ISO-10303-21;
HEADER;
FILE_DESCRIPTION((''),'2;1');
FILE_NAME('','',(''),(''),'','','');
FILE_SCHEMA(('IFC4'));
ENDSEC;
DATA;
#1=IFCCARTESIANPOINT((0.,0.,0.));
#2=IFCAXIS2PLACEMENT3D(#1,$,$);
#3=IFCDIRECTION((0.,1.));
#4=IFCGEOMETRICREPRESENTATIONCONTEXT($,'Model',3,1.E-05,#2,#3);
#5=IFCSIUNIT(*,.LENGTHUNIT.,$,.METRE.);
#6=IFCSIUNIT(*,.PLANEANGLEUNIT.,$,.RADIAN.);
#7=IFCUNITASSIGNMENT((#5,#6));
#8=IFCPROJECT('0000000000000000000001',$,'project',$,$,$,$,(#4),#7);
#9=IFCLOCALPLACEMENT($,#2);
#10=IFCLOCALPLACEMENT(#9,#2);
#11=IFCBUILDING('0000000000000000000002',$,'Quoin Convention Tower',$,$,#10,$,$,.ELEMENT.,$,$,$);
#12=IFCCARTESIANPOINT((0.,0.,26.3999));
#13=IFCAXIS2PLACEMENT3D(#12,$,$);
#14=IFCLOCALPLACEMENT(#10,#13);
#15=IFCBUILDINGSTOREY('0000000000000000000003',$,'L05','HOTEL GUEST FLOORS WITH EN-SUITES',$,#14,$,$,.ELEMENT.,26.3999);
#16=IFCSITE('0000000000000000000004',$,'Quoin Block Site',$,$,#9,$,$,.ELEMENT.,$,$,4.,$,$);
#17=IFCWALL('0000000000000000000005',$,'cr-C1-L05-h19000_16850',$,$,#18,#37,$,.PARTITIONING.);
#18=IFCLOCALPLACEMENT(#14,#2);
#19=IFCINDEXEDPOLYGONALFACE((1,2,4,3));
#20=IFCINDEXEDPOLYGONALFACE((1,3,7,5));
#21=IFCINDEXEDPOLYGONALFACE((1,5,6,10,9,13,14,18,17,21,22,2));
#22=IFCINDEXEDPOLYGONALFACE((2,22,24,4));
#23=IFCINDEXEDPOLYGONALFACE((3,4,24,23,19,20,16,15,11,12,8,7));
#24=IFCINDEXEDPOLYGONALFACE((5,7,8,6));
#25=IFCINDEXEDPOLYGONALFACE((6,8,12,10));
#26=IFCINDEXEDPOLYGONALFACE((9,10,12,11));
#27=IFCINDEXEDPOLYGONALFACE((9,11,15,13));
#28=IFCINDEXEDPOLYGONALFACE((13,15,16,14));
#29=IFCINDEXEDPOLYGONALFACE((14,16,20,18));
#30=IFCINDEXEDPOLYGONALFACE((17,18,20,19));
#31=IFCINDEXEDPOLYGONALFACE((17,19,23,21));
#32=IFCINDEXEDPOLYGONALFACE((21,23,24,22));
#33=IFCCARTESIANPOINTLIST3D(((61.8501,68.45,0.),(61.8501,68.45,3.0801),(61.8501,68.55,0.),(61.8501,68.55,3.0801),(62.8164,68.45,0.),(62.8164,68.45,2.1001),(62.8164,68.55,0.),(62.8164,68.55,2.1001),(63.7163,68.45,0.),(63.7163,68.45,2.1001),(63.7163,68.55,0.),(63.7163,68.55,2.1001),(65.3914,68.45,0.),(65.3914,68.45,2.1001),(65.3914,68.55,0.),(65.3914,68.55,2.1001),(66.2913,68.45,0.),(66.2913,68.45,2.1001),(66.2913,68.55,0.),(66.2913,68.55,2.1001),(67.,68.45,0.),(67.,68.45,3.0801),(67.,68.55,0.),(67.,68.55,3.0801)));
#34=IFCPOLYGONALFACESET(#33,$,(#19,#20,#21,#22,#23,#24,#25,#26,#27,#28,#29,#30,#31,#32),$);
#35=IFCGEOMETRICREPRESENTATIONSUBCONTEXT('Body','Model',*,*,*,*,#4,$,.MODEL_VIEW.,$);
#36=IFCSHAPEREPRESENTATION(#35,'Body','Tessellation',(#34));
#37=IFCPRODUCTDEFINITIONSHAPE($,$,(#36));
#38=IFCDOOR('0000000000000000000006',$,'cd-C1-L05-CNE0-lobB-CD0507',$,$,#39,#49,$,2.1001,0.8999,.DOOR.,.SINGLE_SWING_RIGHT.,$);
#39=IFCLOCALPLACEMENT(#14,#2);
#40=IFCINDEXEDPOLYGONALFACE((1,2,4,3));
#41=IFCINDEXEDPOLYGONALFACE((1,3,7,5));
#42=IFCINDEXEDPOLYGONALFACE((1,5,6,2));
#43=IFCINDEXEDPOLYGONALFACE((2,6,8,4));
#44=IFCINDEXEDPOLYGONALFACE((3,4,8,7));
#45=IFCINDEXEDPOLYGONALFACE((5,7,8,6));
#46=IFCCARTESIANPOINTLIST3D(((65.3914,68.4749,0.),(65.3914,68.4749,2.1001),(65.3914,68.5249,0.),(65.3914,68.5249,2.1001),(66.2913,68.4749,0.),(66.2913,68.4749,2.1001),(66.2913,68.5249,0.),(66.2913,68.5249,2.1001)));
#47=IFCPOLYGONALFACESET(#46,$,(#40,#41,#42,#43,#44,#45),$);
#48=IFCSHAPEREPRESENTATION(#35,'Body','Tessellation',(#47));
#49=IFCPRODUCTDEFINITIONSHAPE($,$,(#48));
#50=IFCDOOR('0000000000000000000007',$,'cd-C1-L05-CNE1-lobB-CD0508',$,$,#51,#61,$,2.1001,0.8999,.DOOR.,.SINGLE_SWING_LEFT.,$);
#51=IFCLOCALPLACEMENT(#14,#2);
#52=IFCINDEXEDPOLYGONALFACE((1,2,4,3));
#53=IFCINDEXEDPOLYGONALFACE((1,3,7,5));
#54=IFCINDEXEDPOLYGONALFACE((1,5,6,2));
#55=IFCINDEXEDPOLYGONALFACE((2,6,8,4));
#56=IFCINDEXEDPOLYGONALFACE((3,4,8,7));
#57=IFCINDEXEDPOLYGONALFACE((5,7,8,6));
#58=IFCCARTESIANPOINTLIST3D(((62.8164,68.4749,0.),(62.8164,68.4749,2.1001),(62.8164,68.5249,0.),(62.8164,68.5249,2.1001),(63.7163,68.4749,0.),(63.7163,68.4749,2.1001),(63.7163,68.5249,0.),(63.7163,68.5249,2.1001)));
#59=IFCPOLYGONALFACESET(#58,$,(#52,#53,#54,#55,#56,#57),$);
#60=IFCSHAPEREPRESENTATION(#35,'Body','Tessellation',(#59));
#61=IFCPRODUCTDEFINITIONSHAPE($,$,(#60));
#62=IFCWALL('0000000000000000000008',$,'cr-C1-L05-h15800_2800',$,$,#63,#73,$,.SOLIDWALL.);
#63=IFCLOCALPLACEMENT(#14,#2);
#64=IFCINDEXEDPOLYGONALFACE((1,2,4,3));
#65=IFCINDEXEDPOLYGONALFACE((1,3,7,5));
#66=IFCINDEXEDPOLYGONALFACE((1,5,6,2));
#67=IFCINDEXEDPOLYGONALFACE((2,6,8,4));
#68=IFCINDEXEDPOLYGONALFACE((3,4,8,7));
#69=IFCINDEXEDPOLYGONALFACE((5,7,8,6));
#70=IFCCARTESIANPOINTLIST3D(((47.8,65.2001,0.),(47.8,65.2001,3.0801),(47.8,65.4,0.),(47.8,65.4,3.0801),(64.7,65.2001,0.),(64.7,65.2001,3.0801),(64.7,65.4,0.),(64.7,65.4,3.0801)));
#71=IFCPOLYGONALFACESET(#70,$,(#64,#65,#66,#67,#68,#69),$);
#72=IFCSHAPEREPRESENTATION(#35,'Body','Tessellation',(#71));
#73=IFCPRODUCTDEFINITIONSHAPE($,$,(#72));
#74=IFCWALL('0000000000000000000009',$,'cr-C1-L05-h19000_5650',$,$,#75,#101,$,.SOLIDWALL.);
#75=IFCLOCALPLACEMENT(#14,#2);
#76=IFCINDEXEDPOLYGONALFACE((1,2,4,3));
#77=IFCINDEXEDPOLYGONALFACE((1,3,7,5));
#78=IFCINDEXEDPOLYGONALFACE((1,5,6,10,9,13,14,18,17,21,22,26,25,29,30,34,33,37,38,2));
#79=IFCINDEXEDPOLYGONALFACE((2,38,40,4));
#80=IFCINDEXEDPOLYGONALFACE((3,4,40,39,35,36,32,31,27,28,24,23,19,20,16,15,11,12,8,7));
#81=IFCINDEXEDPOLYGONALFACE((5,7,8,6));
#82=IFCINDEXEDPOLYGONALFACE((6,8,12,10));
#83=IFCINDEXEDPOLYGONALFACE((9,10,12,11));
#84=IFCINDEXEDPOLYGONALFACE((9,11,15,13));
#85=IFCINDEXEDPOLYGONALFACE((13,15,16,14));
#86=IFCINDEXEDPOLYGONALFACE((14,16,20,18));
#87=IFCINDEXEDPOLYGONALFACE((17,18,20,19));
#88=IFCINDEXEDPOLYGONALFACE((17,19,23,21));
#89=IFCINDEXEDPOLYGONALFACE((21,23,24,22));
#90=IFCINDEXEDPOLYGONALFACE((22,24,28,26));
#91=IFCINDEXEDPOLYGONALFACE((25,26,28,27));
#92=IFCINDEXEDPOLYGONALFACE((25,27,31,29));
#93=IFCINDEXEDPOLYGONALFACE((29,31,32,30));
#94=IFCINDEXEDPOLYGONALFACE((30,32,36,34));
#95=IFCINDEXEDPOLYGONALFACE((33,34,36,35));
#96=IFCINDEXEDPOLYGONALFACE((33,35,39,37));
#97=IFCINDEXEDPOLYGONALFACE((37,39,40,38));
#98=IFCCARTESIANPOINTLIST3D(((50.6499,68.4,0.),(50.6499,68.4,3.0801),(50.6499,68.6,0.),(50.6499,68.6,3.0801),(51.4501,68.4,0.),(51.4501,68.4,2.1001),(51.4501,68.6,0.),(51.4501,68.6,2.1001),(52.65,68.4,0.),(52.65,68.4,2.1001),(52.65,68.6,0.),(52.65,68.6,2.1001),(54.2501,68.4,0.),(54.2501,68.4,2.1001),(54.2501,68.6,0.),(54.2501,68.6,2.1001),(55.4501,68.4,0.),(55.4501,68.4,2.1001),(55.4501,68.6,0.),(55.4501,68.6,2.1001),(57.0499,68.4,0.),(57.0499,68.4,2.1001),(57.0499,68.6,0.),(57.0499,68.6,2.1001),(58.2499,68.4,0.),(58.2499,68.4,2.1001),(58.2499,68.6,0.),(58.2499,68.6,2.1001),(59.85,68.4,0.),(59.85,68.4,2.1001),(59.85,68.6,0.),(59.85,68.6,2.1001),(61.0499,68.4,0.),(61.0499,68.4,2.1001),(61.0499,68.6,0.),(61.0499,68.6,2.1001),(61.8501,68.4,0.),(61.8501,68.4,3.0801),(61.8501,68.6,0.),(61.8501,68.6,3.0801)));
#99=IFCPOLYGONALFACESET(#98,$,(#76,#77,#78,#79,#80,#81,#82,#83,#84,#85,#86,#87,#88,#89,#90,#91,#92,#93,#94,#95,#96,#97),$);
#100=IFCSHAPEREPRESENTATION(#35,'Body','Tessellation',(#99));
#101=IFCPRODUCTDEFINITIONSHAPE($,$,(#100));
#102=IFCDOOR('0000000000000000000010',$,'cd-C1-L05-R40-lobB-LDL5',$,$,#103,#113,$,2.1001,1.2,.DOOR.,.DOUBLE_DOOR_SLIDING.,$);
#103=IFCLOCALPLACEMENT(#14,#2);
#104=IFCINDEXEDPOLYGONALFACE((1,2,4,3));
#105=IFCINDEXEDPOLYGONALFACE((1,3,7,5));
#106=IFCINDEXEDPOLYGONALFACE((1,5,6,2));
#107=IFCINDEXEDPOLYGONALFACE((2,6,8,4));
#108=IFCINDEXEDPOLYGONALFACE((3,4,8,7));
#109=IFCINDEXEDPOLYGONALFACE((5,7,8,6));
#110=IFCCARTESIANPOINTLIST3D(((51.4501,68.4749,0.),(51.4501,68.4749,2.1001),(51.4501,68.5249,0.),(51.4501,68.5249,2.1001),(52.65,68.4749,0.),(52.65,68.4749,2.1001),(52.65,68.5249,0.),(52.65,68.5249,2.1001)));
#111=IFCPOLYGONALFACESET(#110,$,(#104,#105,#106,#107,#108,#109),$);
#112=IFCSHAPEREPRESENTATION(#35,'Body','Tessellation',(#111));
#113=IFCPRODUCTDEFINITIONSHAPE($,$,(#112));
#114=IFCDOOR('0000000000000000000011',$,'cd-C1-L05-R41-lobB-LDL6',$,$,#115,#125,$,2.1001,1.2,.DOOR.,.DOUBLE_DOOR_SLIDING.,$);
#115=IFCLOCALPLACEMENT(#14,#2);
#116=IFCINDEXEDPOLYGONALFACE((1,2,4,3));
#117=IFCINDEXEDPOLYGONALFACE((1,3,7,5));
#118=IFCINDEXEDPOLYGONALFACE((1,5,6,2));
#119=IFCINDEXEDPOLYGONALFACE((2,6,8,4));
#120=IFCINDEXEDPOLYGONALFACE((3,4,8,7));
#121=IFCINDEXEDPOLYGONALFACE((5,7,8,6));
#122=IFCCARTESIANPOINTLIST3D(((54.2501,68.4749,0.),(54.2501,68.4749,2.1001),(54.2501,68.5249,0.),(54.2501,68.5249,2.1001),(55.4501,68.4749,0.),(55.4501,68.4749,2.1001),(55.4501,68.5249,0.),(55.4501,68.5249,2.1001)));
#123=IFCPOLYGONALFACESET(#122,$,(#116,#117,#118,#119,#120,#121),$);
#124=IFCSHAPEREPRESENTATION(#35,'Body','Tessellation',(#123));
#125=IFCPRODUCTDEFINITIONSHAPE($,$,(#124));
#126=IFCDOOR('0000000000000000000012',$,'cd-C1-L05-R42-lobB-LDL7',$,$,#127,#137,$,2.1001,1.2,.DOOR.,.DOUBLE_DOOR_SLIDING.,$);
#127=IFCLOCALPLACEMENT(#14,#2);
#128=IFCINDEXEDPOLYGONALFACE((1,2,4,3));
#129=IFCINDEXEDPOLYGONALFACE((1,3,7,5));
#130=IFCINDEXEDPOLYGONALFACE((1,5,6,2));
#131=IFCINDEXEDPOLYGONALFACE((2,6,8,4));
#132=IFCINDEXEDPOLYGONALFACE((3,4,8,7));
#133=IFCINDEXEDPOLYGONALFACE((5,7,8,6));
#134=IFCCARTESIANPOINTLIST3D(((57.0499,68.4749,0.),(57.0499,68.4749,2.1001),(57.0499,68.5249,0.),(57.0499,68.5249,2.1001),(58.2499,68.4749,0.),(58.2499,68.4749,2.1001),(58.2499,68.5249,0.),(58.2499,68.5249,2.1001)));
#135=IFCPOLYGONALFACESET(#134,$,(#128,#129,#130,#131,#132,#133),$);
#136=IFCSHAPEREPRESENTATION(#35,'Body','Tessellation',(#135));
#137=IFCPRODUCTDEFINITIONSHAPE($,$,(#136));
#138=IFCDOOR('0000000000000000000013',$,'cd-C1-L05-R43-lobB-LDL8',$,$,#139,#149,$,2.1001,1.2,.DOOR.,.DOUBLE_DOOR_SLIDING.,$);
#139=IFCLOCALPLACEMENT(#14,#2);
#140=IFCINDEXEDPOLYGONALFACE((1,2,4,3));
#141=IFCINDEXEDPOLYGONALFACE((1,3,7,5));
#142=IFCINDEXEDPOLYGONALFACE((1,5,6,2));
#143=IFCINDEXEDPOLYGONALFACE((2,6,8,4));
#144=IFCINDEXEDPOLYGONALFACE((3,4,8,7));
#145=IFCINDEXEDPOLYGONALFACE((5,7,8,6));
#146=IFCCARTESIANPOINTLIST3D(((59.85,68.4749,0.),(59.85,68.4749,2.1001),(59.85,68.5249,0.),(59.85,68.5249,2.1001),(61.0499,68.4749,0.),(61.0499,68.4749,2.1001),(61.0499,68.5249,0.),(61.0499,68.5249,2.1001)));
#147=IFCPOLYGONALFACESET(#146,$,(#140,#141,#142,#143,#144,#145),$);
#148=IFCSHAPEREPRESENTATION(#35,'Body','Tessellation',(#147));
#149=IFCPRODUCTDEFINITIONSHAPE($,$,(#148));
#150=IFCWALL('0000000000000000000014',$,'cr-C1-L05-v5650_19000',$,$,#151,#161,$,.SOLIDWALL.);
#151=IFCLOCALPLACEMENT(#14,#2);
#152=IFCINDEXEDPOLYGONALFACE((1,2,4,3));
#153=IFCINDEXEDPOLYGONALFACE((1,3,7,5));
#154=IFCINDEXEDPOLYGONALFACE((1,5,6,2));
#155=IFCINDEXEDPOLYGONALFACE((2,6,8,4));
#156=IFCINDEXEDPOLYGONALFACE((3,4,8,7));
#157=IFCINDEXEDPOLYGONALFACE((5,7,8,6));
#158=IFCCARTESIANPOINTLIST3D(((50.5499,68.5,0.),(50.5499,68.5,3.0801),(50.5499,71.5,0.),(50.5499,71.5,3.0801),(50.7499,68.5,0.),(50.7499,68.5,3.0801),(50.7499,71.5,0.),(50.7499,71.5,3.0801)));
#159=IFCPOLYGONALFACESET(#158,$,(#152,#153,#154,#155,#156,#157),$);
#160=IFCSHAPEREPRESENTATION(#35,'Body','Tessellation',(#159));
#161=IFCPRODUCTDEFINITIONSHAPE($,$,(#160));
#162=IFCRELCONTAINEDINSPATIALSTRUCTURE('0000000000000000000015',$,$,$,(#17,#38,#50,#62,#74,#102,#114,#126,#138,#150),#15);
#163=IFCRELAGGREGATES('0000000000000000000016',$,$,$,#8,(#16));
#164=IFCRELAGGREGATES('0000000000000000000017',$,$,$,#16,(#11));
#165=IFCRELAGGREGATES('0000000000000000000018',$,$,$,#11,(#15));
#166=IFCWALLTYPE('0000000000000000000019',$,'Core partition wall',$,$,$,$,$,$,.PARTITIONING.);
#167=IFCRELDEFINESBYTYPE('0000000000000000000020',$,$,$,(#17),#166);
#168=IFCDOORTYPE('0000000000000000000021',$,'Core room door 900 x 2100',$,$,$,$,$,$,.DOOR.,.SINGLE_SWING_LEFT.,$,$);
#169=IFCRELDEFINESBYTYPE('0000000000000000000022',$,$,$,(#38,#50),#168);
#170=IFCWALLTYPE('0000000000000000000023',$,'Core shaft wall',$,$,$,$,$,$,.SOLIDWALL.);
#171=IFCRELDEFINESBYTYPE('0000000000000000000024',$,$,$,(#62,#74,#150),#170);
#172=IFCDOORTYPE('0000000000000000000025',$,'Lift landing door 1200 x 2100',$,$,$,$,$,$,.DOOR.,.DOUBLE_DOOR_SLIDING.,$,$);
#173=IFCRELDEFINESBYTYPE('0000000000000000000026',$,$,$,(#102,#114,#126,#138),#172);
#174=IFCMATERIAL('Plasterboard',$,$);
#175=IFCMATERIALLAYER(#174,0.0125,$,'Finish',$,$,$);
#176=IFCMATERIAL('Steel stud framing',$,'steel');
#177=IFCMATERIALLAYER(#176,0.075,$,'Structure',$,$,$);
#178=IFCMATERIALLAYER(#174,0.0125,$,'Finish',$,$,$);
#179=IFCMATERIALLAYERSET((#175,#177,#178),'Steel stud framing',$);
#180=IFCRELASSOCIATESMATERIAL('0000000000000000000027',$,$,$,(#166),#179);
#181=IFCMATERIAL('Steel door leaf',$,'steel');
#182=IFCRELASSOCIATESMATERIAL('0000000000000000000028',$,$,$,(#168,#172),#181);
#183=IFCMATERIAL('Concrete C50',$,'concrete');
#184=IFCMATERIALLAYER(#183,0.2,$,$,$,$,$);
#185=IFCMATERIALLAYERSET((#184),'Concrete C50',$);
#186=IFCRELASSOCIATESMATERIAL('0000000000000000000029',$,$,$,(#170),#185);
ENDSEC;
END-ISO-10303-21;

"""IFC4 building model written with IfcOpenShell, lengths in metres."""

from ifc_helpers import new_model, si_unit, direction, frame, frame_2d, origin, place, context, subcontext, project, spatial, rectangle, extrude, material, layer, layer_set, type_object, element, fill, save


model = new_model("IFC4")

# Units and contexts
model_context = context("Model", 3, precision=1e-05, world=origin(), true_north=direction((0.0, 1.0)))
body_context = subcontext(model_context, "Body", "Model", "MODEL_VIEW")
ifc_project = project(units=[si_unit("LENGTHUNIT", "METRE"), si_unit("PLANEANGLEUNIT", "RADIAN")], contexts=[model_context])

# Site, building, storey
site_placement = place(None, origin())
site = spatial("IfcSite", under=ifc_project, at=site_placement, Name="Quoin Block Site", CompositionType="ELEMENT", RefElevation=4.0)
building_placement = place(site_placement, origin())
building = spatial("IfcBuilding", under=site, at=building_placement, Name="Quoin Convention Tower", CompositionType="ELEMENT")
storey_placement = place(building_placement, frame((0.0, 0.0, 26.3999)))
storey = spatial("IfcBuildingStorey", under=building, at=storey_placement, Name="L05", Description="HOTEL GUEST FLOORS WITH EN-SUITES", CompositionType="ELEMENT", Elevation=26.3999)

# Wall, openings, doors
ifc_material_1 = material(Name="Plasterboard")
ifc_layer_1 = layer(ifc_material_1, 0.0125, Name="Finish")
ifc_material_2 = material(Name="Steel stud framing", Category="steel")
ifc_layer_2 = layer(ifc_material_2, 0.075, Name="Structure")
ifc_layer_3 = layer(ifc_material_1, 0.0125, Name="Finish")
ifc_layer_set_1 = layer_set([ifc_layer_1, ifc_layer_2, ifc_layer_3], Name="Steel stud framing")
wall_type_1 = type_object("IfcWallType", Name="Core partition wall", PredefinedType="PARTITIONING", material=ifc_layer_set_1)
wall_1_placement = place(storey_placement, frame((61.8501, 68.5, 0.0), z_axis=(0.0, 0.0, 1.0), x_axis=(1.0, 0.0, 0.0)))
wall_1 = element("IfcWall", 1, at=wall_1_placement, inside=storey, type_object=wall_type_1, Name="cr-C1-L05-h19000_16850", PredefinedType="PARTITIONING", context=body_context, shape_type="SweptSolid", body=[
    extrude(rectangle(XDim=5.1499, YDim=0.1001, at=frame_2d((2.575, 0.0))), origin(), (0.0, 0.0, 1.0), 3.0801),
])
opening_1_placement = place(wall_1_placement, frame((3.5413, 0.0, 0.0)))
opening_1 = element("IfcOpeningElement", 2, at=opening_1_placement, cuts=wall_1, PredefinedType="OPENING", context=body_context, shape_type="SweptSolid", body=[
    extrude(rectangle(XDim=0.8999, YDim=2.1001, at=frame_2d((0.45, 1.05))), frame((0.0, 0.0601, 0.0), z_axis=(0.0, -1.0, 0.0), x_axis=(1.0, 0.0, 0.0)), (0.0, 0.0, 1.0), 0.1201),
])
opening_2_placement = place(wall_1_placement, frame((0.9663, 0.0, 0.0)))
opening_2 = element("IfcOpeningElement", 3, at=opening_2_placement, cuts=wall_1, PredefinedType="OPENING", context=body_context, shape_type="SweptSolid", body=[
    extrude(rectangle(XDim=0.8999, YDim=2.1001, at=frame_2d((0.45, 1.05))), frame((0.0, 0.0601, 0.0), z_axis=(0.0, -1.0, 0.0), x_axis=(1.0, 0.0, 0.0)), (0.0, 0.0, 1.0), 0.1201),
])
ifc_material_3 = material(Name="Steel door leaf", Category="steel")
door_type_1 = type_object("IfcDoorType", Name="Core room door 900 x 2100", OperationType="SINGLE_SWING_LEFT", PredefinedType="DOOR", material=ifc_material_3)
door_1_placement = place(opening_1_placement, origin())
door_1 = element("IfcDoor", 4, at=door_1_placement, inside=storey, type_object=door_type_1, Name="cd-C1-L05-CNE0-lobB-CD0507", OperationType="SINGLE_SWING_RIGHT", OverallHeight=2.1001, OverallWidth=0.8999, PredefinedType="DOOR", context=body_context, shape_type="SweptSolid", body=[
    extrude(rectangle(XDim=0.8999, YDim=2.1001, at=frame_2d((0.45, 1.05))), frame((0.0, 0.0249, 0.0), z_axis=(0.0, -1.0, 0.0), x_axis=(1.0, 0.0, 0.0)), (0.0, 0.0, 1.0), 0.05),
])
fill(opening_1, door_1)
door_2_placement = place(opening_2_placement, origin())
door_2 = element("IfcDoor", 5, at=door_2_placement, inside=storey, type_object=door_type_1, Name="cd-C1-L05-CNE1-lobB-CD0508", OperationType="SINGLE_SWING_LEFT", OverallHeight=2.1001, OverallWidth=0.8999, PredefinedType="DOOR", context=body_context, shape_type="SweptSolid", body=[
    extrude(rectangle(XDim=0.8999, YDim=2.1001, at=frame_2d((0.45, 1.05))), frame((0.0, 0.0249, 0.0), z_axis=(0.0, -1.0, 0.0), x_axis=(1.0, 0.0, 0.0)), (0.0, 0.0, 1.0), 0.05),
])
fill(opening_2, door_2)

# Wall
ifc_material_4 = material(Name="Concrete C50", Category="concrete")
ifc_layer_4 = layer(ifc_material_4, 0.2)
ifc_layer_set_2 = layer_set([ifc_layer_4], Name="Concrete C50")
wall_type_2 = type_object("IfcWallType", Name="Core shaft wall", PredefinedType="SOLIDWALL", material=ifc_layer_set_2)
wall_2_placement = place(storey_placement, frame((47.8, 65.3, 0.0), z_axis=(0.0, 0.0, 1.0), x_axis=(1.0, 0.0, 0.0)))
element("IfcWall", 6, at=wall_2_placement, inside=storey, type_object=wall_type_2, Name="cr-C1-L05-h15800_2800", PredefinedType="SOLIDWALL", context=body_context, shape_type="SweptSolid", body=[
    extrude(rectangle(XDim=16.8999, YDim=0.2, at=frame_2d((8.45, 0.0))), origin(), (0.0, 0.0, 1.0), 3.0801),
])

# Wall, openings, doors
wall_3_placement = place(storey_placement, frame((50.6499, 68.5, 0.0), z_axis=(0.0, 0.0, 1.0), x_axis=(1.0, 0.0, 0.0)))
wall_3 = element("IfcWall", 7, at=wall_3_placement, inside=storey, type_object=wall_type_2, Name="cr-C1-L05-h19000_5650", PredefinedType="SOLIDWALL", context=body_context, shape_type="SweptSolid", body=[
    extrude(rectangle(XDim=11.2002, YDim=0.2, at=frame_2d((5.6001, 0.0))), origin(), (0.0, 0.0, 1.0), 3.0801),
])
opening_3_placement = place(wall_3_placement, frame((0.8, 0.0, 0.0)))
opening_3 = element("IfcOpeningElement", 8, at=opening_3_placement, cuts=wall_3, PredefinedType="OPENING", context=body_context, shape_type="SweptSolid", body=[
    extrude(rectangle(XDim=1.2, YDim=2.1001, at=frame_2d((0.6001, 1.05))), frame((0.0, 0.1099, 0.0), z_axis=(0.0, -1.0, 0.0), x_axis=(1.0, 0.0, 0.0)), (0.0, 0.0, 1.0), 0.22),
])
opening_4_placement = place(wall_3_placement, frame((3.6001, 0.0, 0.0)))
opening_4 = element("IfcOpeningElement", 9, at=opening_4_placement, cuts=wall_3, PredefinedType="OPENING", context=body_context, shape_type="SweptSolid", body=[
    extrude(rectangle(XDim=1.2, YDim=2.1001, at=frame_2d((0.6001, 1.05))), frame((0.0, 0.1099, 0.0), z_axis=(0.0, -1.0, 0.0), x_axis=(1.0, 0.0, 0.0)), (0.0, 0.0, 1.0), 0.22),
])
opening_5_placement = place(wall_3_placement, frame((6.3999, 0.0, 0.0)))
opening_5 = element("IfcOpeningElement", 10, at=opening_5_placement, cuts=wall_3, PredefinedType="OPENING", context=body_context, shape_type="SweptSolid", body=[
    extrude(rectangle(XDim=1.2, YDim=2.1001, at=frame_2d((0.6001, 1.05))), frame((0.0, 0.1099, 0.0), z_axis=(0.0, -1.0, 0.0), x_axis=(1.0, 0.0, 0.0)), (0.0, 0.0, 1.0), 0.22),
])
opening_6_placement = place(wall_3_placement, frame((9.2, 0.0, 0.0)))
opening_6 = element("IfcOpeningElement", 11, at=opening_6_placement, cuts=wall_3, PredefinedType="OPENING", context=body_context, shape_type="SweptSolid", body=[
    extrude(rectangle(XDim=1.2, YDim=2.1001, at=frame_2d((0.6001, 1.05))), frame((0.0, 0.1099, 0.0), z_axis=(0.0, -1.0, 0.0), x_axis=(1.0, 0.0, 0.0)), (0.0, 0.0, 1.0), 0.22),
])
door_type_2 = type_object("IfcDoorType", Name="Lift landing door 1200 x 2100", OperationType="DOUBLE_DOOR_SLIDING", PredefinedType="DOOR", material=ifc_material_3)
door_3_placement = place(opening_3_placement, origin())
door_3 = element("IfcDoor", 12, at=door_3_placement, inside=storey, type_object=door_type_2, Name="cd-C1-L05-R40-lobB-LDL5", OperationType="DOUBLE_DOOR_SLIDING", OverallHeight=2.1001, OverallWidth=1.2, PredefinedType="DOOR", context=body_context, shape_type="SweptSolid", body=[
    extrude(rectangle(XDim=1.2, YDim=2.1001, at=frame_2d((0.6001, 1.05))), frame((0.0, 0.0249, 0.0), z_axis=(0.0, -1.0, 0.0), x_axis=(1.0, 0.0, 0.0)), (0.0, 0.0, 1.0), 0.05),
])
fill(opening_3, door_3)
door_4_placement = place(opening_4_placement, origin())
door_4 = element("IfcDoor", 13, at=door_4_placement, inside=storey, type_object=door_type_2, Name="cd-C1-L05-R41-lobB-LDL6", OperationType="DOUBLE_DOOR_SLIDING", OverallHeight=2.1001, OverallWidth=1.2, PredefinedType="DOOR", context=body_context, shape_type="SweptSolid", body=[
    extrude(rectangle(XDim=1.2, YDim=2.1001, at=frame_2d((0.6001, 1.05))), frame((0.0, 0.0249, 0.0), z_axis=(0.0, -1.0, 0.0), x_axis=(1.0, 0.0, 0.0)), (0.0, 0.0, 1.0), 0.05),
])
fill(opening_4, door_4)
door_5_placement = place(opening_5_placement, origin())
door_5 = element("IfcDoor", 14, at=door_5_placement, inside=storey, type_object=door_type_2, Name="cd-C1-L05-R42-lobB-LDL7", OperationType="DOUBLE_DOOR_SLIDING", OverallHeight=2.1001, OverallWidth=1.2, PredefinedType="DOOR", context=body_context, shape_type="SweptSolid", body=[
    extrude(rectangle(XDim=1.2, YDim=2.1001, at=frame_2d((0.6001, 1.05))), frame((0.0, 0.0249, 0.0), z_axis=(0.0, -1.0, 0.0), x_axis=(1.0, 0.0, 0.0)), (0.0, 0.0, 1.0), 0.05),
])
fill(opening_5, door_5)
door_6_placement = place(opening_6_placement, origin())
door_6 = element("IfcDoor", 15, at=door_6_placement, inside=storey, type_object=door_type_2, Name="cd-C1-L05-R43-lobB-LDL8", OperationType="DOUBLE_DOOR_SLIDING", OverallHeight=2.1001, OverallWidth=1.2, PredefinedType="DOOR", context=body_context, shape_type="SweptSolid", body=[
    extrude(rectangle(XDim=1.2, YDim=2.1001, at=frame_2d((0.6001, 1.05))), frame((0.0, 0.0249, 0.0), z_axis=(0.0, -1.0, 0.0), x_axis=(1.0, 0.0, 0.0)), (0.0, 0.0, 1.0), 0.05),
])
fill(opening_6, door_6)

# Wall
wall_4_placement = place(storey_placement, frame((50.6499, 68.5, 0.0), z_axis=(0.0, 0.0, 1.0), x_axis=(0.0, 1.0, 0.0)))
element("IfcWall", 16, at=wall_4_placement, inside=storey, type_object=wall_type_2, Name="cr-C1-L05-v5650_19000", PredefinedType="SOLIDWALL", context=body_context, shape_type="SweptSolid", body=[
    extrude(rectangle(XDim=3.0, YDim=0.2, at=frame_2d((1.5, 0.0))), origin(), (0.0, 0.0, 1.0), 3.0801),
])

save(model, "model.ifc")
